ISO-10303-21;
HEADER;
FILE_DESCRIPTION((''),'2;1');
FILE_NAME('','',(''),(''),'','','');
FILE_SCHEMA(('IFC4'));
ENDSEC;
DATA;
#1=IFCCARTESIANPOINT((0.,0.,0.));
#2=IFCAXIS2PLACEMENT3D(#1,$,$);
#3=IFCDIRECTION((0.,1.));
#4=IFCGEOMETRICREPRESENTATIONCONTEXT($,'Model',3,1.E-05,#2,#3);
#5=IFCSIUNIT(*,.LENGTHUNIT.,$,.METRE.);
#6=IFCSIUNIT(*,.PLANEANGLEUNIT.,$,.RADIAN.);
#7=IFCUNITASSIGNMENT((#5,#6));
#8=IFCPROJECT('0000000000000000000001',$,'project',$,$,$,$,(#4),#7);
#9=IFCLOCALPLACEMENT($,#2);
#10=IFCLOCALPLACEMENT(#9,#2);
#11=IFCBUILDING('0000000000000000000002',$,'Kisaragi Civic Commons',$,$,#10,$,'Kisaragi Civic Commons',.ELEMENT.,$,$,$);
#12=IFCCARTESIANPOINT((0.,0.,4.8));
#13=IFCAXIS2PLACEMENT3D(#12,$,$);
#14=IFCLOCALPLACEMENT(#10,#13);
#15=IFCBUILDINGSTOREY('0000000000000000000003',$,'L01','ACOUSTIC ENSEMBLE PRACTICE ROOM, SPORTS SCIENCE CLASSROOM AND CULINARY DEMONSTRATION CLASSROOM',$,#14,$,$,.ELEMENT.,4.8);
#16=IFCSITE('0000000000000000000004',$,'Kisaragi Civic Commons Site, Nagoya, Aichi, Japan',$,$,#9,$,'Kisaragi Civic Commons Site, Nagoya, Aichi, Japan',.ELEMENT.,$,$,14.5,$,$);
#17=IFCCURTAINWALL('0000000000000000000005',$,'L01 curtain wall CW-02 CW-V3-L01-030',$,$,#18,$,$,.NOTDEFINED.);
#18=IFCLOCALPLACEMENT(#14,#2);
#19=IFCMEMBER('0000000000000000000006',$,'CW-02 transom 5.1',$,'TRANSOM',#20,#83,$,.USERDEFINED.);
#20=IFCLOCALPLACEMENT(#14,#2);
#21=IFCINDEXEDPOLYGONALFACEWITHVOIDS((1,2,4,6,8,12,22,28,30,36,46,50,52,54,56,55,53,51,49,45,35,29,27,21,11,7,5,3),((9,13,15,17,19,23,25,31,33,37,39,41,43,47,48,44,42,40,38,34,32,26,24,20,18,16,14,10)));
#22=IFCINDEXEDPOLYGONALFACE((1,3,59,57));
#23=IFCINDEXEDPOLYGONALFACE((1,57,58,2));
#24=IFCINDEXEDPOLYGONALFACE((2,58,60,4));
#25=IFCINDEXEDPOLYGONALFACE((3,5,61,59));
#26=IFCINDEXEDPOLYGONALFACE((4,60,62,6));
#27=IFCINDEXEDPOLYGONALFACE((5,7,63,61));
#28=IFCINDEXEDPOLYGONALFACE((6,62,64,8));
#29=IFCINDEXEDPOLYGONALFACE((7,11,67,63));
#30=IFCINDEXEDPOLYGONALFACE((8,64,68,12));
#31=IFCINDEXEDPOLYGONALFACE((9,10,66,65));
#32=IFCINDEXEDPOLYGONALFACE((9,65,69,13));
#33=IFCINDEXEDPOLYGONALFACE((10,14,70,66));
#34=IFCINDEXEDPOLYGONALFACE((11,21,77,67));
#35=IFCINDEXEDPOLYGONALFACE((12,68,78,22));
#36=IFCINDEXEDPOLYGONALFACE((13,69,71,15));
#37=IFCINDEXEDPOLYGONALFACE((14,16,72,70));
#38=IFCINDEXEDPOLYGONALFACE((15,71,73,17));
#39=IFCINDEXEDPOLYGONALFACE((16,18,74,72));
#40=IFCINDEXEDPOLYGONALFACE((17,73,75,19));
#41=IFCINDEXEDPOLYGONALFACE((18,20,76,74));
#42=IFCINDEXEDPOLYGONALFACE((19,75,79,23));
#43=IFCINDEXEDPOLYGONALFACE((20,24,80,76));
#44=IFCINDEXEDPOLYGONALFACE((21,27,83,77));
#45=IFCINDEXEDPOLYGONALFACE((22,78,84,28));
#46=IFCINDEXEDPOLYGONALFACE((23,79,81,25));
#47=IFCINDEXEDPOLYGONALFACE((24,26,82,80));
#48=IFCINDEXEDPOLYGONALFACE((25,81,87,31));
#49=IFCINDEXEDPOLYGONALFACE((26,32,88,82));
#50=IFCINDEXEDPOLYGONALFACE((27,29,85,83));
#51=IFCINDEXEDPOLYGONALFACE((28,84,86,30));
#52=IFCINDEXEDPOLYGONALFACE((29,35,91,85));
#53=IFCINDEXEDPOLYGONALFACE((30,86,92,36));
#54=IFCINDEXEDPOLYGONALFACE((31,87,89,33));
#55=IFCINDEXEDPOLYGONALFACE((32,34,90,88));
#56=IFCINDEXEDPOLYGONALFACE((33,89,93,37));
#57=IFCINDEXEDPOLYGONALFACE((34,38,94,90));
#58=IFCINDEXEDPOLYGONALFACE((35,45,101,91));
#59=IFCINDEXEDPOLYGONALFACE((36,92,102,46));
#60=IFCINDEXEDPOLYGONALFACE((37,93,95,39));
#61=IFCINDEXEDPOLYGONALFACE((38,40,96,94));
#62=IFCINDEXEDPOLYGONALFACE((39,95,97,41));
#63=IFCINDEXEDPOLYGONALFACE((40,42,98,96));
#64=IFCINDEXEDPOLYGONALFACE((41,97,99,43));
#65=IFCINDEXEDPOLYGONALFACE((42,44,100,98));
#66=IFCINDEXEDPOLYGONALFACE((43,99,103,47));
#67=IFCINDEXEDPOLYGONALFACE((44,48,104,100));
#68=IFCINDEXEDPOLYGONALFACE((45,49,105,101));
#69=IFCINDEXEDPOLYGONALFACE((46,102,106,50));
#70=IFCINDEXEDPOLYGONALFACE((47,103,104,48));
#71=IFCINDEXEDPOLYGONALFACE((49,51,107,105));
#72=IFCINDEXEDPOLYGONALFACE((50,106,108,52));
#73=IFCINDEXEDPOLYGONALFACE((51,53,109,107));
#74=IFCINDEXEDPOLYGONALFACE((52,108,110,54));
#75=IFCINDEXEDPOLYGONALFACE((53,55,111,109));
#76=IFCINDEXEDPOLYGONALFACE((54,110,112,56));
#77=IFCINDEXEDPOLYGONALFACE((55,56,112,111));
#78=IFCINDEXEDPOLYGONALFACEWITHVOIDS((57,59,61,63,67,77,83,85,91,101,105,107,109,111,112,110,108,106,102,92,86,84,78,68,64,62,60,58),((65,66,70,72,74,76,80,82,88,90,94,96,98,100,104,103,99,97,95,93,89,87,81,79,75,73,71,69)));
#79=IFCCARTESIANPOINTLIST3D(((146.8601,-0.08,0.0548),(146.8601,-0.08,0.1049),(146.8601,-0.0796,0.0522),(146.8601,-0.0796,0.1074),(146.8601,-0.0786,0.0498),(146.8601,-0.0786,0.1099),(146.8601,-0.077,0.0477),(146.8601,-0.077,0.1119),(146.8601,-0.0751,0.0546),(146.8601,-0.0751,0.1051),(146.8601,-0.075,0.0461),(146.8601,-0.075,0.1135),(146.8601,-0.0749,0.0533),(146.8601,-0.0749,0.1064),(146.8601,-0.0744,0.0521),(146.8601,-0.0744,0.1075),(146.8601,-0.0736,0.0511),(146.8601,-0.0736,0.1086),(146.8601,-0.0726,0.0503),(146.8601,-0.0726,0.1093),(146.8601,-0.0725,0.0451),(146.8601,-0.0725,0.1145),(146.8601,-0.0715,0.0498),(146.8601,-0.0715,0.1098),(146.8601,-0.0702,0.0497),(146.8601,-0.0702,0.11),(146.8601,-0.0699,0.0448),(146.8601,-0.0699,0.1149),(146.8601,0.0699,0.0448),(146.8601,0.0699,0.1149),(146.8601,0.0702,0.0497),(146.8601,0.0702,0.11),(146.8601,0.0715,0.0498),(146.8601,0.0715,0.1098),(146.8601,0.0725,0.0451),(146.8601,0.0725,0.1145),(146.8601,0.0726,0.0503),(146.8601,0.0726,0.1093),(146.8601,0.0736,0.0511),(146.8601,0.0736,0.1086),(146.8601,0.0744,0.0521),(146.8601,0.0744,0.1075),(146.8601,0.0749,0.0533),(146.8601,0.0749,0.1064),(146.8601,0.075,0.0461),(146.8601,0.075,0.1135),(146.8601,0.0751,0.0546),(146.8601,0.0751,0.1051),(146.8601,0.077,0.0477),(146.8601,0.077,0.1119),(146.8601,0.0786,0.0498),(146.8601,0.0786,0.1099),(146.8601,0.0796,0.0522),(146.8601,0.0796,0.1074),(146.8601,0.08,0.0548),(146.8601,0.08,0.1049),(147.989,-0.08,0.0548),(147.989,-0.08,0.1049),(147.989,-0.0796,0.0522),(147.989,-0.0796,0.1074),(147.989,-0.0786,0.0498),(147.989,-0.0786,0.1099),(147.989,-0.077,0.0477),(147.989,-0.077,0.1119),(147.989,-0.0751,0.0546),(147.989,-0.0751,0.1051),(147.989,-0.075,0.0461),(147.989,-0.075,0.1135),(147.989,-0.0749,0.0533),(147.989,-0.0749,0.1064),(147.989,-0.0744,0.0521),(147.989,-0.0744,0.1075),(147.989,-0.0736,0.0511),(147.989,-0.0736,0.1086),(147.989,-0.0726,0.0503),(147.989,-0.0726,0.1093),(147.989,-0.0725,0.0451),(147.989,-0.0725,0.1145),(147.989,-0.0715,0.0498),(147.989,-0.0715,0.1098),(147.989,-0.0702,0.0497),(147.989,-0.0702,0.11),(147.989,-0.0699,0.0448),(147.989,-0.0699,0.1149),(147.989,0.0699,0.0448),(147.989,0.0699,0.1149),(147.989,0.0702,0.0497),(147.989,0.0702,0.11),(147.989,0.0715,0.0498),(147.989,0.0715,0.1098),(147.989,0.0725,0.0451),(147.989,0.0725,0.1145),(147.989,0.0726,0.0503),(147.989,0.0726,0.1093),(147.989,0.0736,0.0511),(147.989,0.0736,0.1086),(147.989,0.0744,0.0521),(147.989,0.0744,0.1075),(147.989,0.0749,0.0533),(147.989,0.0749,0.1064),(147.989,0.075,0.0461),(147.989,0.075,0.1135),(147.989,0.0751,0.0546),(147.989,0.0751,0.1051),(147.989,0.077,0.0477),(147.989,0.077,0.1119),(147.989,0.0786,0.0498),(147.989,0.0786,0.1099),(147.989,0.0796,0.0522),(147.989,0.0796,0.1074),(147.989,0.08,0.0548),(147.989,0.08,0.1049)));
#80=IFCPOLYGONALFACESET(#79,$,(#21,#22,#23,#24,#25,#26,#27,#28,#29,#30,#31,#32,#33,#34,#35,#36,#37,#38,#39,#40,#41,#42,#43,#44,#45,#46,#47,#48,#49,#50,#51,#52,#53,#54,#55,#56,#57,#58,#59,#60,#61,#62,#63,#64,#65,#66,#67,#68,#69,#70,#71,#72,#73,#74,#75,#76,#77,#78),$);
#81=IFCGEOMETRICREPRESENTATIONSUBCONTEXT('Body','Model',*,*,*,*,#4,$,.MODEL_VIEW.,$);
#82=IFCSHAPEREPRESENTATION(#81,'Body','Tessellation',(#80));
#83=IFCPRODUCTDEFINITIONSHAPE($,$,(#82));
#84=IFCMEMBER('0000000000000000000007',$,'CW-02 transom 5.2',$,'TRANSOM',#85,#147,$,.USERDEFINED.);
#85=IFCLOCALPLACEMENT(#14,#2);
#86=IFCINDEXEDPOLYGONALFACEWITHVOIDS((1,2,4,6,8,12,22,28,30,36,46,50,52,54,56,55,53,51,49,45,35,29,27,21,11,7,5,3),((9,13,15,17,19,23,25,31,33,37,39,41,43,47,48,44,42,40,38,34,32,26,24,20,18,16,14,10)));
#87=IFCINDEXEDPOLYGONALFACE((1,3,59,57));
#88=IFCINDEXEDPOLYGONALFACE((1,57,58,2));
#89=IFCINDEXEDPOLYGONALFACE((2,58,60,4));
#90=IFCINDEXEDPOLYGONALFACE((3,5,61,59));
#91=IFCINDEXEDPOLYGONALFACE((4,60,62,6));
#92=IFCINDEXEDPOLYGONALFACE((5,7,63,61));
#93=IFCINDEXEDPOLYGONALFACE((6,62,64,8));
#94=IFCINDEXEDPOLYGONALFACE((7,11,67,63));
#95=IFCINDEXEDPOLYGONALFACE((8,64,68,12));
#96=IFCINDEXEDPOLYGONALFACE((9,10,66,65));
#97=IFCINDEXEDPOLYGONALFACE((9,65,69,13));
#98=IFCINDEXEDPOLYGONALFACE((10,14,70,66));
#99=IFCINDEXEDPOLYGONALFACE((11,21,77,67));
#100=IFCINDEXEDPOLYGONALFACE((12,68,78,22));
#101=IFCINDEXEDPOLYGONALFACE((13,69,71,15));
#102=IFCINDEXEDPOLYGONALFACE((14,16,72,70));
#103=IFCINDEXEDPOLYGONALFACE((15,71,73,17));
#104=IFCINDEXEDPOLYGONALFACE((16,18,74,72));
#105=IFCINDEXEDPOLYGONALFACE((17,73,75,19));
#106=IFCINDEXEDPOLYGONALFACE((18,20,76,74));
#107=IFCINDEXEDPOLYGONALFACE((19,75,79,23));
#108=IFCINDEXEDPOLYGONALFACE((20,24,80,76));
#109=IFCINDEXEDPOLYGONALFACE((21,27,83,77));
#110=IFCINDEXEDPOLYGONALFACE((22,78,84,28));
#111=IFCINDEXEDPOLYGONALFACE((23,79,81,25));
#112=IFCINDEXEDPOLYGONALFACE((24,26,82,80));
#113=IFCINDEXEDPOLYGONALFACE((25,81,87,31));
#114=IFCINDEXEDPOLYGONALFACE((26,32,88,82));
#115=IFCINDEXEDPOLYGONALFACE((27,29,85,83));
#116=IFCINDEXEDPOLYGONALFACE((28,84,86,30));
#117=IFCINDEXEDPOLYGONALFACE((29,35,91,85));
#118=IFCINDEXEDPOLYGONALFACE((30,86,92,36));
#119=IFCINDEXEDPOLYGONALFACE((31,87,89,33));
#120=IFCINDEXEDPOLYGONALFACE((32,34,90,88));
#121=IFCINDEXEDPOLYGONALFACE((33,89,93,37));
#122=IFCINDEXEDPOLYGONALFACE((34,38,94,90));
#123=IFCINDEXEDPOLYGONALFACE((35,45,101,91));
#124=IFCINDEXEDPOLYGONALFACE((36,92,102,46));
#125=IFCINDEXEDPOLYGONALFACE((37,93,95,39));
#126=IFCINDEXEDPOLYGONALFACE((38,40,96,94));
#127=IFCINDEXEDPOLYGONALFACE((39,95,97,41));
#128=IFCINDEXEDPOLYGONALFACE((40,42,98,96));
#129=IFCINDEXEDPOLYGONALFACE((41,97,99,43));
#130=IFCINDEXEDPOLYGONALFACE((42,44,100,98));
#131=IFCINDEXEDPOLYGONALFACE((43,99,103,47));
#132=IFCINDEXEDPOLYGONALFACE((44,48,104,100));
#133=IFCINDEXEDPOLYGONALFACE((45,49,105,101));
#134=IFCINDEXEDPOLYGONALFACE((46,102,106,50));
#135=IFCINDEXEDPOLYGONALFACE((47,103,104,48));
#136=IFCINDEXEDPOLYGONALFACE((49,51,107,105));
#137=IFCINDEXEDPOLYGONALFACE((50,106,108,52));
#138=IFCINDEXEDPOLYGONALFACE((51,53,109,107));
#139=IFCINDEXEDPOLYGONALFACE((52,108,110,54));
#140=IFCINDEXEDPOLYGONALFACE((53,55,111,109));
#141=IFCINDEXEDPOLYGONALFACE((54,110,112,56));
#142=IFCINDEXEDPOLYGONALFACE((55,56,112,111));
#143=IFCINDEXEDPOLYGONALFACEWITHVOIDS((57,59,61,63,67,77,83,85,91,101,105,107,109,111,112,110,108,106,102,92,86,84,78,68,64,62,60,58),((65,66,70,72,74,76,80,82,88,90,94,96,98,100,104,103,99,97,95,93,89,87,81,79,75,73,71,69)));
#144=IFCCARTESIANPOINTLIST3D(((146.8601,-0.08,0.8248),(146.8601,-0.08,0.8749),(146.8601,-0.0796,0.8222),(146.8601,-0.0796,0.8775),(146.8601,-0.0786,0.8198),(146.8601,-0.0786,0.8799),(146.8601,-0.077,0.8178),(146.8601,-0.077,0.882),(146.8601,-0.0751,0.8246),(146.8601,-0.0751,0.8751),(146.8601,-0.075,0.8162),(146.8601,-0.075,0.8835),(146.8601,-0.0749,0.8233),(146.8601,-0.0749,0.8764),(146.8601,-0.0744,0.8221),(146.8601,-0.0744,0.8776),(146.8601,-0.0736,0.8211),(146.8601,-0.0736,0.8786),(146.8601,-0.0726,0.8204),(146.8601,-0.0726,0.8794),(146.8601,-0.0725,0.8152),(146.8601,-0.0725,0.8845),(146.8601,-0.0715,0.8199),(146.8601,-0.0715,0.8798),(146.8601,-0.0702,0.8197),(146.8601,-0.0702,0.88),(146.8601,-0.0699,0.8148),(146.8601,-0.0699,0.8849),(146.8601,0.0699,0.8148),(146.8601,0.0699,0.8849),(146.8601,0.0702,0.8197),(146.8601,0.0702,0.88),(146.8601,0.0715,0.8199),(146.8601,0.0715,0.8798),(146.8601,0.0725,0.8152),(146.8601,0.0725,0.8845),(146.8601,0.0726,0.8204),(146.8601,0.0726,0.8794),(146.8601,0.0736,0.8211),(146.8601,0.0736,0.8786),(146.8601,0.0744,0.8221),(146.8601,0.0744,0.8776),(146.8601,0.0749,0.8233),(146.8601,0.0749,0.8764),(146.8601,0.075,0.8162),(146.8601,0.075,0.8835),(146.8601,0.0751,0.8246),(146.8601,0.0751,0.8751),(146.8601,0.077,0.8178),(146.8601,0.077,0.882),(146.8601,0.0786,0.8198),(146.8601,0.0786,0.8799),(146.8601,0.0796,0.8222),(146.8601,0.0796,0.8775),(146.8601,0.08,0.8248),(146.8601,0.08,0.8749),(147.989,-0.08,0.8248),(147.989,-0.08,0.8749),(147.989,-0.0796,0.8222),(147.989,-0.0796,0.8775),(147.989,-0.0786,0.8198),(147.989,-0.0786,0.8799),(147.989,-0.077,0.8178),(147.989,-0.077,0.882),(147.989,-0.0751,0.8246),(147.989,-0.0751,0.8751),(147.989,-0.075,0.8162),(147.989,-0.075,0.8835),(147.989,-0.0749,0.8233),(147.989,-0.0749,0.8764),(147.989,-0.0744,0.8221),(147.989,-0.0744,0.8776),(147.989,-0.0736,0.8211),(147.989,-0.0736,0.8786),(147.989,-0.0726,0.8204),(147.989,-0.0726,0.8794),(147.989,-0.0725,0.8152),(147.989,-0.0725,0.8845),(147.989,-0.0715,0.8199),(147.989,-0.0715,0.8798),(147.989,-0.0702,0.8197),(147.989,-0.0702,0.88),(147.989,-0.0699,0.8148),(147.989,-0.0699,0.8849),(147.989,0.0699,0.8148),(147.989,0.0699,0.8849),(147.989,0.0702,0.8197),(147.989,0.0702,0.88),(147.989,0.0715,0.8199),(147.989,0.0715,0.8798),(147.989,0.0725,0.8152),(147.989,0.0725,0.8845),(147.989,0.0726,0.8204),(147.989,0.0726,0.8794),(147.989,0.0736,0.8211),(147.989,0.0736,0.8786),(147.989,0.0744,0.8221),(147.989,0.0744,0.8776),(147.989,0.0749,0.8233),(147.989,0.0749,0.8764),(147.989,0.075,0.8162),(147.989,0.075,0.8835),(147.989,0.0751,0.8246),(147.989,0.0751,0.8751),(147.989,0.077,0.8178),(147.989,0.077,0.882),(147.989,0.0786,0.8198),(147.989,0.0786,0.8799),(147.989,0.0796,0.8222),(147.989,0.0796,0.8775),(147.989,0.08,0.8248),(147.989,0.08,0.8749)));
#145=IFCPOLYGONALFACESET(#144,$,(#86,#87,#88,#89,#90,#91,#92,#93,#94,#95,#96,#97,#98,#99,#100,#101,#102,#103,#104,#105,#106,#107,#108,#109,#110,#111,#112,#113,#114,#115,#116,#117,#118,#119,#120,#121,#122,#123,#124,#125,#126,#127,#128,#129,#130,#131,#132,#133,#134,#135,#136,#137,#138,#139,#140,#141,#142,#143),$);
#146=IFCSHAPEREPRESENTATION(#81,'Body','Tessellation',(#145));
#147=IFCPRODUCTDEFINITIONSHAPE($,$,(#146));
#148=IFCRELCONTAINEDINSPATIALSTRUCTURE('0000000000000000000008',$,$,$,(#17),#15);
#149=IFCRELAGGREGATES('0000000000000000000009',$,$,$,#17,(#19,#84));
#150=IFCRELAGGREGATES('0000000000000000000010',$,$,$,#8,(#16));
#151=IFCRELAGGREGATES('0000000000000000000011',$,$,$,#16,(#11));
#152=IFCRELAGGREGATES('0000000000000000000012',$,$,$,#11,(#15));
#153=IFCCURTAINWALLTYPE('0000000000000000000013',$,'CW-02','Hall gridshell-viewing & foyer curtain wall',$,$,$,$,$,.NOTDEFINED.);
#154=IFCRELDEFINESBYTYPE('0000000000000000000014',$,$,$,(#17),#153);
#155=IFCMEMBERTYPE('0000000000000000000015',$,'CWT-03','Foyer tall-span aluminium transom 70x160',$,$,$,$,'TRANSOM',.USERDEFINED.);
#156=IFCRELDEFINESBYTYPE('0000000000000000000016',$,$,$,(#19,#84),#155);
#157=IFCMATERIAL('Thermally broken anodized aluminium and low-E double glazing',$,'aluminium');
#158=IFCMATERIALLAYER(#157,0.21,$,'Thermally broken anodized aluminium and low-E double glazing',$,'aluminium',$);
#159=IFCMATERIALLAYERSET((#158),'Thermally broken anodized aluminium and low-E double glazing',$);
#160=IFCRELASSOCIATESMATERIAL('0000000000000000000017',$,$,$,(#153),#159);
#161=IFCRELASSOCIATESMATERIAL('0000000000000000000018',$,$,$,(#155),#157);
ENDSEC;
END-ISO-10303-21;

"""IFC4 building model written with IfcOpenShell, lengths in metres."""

from ifc_helpers import new_model, si_unit, direction, frame, origin, origin_2d, place, context, subcontext, project, spatial, hollow_rectangle, extrude, material, layer, layer_set, material_profile, profile_set, type_object, element, aggregate, save


model = new_model("IFC4")

# Units and contexts
model_context = context("Model", 3, precision=1e-05, world=origin(), true_north=direction((0.0, 1.0)))
body_context = subcontext(model_context, "Body", "Model", "MODEL_VIEW")
ifc_project = project(units=[si_unit("LENGTHUNIT", "METRE"), si_unit("PLANEANGLEUNIT", "RADIAN")], contexts=[model_context])

# Site, building, storey
site_placement = place(None, origin())
site = spatial("IfcSite", under=ifc_project, at=site_placement, Name="Kisaragi Civic Commons Site, Nagoya, Aichi, Japan", LongName="Kisaragi Civic Commons Site, Nagoya, Aichi, Japan", CompositionType="ELEMENT", RefElevation=14.5)
building_placement = place(site_placement, origin())
building = spatial("IfcBuilding", under=site, at=building_placement, Name="Kisaragi Civic Commons", LongName="Kisaragi Civic Commons", CompositionType="ELEMENT")
storey_placement = place(building_placement, frame((0.0, 0.0, 4.8)))
storey = spatial("IfcBuildingStorey", under=building, at=storey_placement, Name="L01", Description="ACOUSTIC ENSEMBLE PRACTICE ROOM, SPORTS SCIENCE CLASSROOM AND CULINARY DEMONSTRATION CLASSROOM", CompositionType="ELEMENT", Elevation=4.8)

# Curtain wall
ifc_material_1 = material(Name="Thermally broken anodized aluminium and low-E double glazing", Category="aluminium")
ifc_layer_1 = layer(ifc_material_1, 0.21, Name="Thermally broken anodized aluminium and low-E double glazing", Category="aluminium")
ifc_layer_set_1 = layer_set([ifc_layer_1], Name="Thermally broken anodized aluminium and low-E double glazing")
curtain_wall_type = type_object("IfcCurtainWallType", Name="CW-02", Description="Hall gridshell-viewing & foyer curtain wall", PredefinedType="NOTDEFINED", material=ifc_layer_set_1)
curtain_wall_1_placement = place(storey_placement, origin())
curtain_wall_1 = element("IfcCurtainWall", 1, at=curtain_wall_1_placement, inside=storey, type_object=curtain_wall_type, Name="L01 curtain wall CW-02 CW-V3-L01-030", PredefinedType="NOTDEFINED")

# Members
ifc_material_profile_1 = material_profile(ifc_material_1, hollow_rectangle(XDim=0.1599, YDim=0.0701, WallThickness=0.0049, InnerFilletRadius=0.0049, OuterFilletRadius=0.01, at=origin_2d()), Name="CWT-70x160x5", Category="aluminium")
ifc_profile_set_1 = profile_set([ifc_material_profile_1], Name="Thermally broken anodized aluminium and low-E double glazing")
member_type_1 = type_object("IfcMemberType", Name="CWT-03", Description="Foyer tall-span aluminium transom 70x160", ElementType="TRANSOM", PredefinedType="USERDEFINED", material=ifc_profile_set_1)
member_1_placement = place(storey_placement, frame((147.989, 0.0, 0.0798), z_axis=(-1.0, 0.0, 0.0), x_axis=(0.0, -1.0, 0.0)))
member_1 = element("IfcMember", 2, at=member_1_placement, type_object=member_type_1, Name="CW-02 transom 5.1", ObjectType="TRANSOM", PredefinedType="USERDEFINED", context=body_context, shape_type="SweptSolid", body=[
    extrude(hollow_rectangle(XDim=0.1599, YDim=0.0701, WallThickness=0.0049, InnerFilletRadius=0.0049, OuterFilletRadius=0.01, at=origin_2d()), origin(), (0.0, 0.0, 1.0), 1.1289),
])
member_2_placement = place(storey_placement, frame((147.989, 0.0, 0.8499), z_axis=(-1.0, 0.0, 0.0), x_axis=(0.0, -1.0, 0.0)))
member_2 = element("IfcMember", 3, at=member_2_placement, type_object=member_type_1, Name="CW-02 transom 5.2", ObjectType="TRANSOM", PredefinedType="USERDEFINED", context=body_context, shape_type="SweptSolid", body=[
    extrude(hollow_rectangle(XDim=0.1599, YDim=0.0701, WallThickness=0.0049, InnerFilletRadius=0.0049, OuterFilletRadius=0.01, at=origin_2d()), origin(), (0.0, 0.0, 1.0), 1.1289),
])

aggregate(curtain_wall_1, [member_1, member_2])

save(model, "model.ifc")
